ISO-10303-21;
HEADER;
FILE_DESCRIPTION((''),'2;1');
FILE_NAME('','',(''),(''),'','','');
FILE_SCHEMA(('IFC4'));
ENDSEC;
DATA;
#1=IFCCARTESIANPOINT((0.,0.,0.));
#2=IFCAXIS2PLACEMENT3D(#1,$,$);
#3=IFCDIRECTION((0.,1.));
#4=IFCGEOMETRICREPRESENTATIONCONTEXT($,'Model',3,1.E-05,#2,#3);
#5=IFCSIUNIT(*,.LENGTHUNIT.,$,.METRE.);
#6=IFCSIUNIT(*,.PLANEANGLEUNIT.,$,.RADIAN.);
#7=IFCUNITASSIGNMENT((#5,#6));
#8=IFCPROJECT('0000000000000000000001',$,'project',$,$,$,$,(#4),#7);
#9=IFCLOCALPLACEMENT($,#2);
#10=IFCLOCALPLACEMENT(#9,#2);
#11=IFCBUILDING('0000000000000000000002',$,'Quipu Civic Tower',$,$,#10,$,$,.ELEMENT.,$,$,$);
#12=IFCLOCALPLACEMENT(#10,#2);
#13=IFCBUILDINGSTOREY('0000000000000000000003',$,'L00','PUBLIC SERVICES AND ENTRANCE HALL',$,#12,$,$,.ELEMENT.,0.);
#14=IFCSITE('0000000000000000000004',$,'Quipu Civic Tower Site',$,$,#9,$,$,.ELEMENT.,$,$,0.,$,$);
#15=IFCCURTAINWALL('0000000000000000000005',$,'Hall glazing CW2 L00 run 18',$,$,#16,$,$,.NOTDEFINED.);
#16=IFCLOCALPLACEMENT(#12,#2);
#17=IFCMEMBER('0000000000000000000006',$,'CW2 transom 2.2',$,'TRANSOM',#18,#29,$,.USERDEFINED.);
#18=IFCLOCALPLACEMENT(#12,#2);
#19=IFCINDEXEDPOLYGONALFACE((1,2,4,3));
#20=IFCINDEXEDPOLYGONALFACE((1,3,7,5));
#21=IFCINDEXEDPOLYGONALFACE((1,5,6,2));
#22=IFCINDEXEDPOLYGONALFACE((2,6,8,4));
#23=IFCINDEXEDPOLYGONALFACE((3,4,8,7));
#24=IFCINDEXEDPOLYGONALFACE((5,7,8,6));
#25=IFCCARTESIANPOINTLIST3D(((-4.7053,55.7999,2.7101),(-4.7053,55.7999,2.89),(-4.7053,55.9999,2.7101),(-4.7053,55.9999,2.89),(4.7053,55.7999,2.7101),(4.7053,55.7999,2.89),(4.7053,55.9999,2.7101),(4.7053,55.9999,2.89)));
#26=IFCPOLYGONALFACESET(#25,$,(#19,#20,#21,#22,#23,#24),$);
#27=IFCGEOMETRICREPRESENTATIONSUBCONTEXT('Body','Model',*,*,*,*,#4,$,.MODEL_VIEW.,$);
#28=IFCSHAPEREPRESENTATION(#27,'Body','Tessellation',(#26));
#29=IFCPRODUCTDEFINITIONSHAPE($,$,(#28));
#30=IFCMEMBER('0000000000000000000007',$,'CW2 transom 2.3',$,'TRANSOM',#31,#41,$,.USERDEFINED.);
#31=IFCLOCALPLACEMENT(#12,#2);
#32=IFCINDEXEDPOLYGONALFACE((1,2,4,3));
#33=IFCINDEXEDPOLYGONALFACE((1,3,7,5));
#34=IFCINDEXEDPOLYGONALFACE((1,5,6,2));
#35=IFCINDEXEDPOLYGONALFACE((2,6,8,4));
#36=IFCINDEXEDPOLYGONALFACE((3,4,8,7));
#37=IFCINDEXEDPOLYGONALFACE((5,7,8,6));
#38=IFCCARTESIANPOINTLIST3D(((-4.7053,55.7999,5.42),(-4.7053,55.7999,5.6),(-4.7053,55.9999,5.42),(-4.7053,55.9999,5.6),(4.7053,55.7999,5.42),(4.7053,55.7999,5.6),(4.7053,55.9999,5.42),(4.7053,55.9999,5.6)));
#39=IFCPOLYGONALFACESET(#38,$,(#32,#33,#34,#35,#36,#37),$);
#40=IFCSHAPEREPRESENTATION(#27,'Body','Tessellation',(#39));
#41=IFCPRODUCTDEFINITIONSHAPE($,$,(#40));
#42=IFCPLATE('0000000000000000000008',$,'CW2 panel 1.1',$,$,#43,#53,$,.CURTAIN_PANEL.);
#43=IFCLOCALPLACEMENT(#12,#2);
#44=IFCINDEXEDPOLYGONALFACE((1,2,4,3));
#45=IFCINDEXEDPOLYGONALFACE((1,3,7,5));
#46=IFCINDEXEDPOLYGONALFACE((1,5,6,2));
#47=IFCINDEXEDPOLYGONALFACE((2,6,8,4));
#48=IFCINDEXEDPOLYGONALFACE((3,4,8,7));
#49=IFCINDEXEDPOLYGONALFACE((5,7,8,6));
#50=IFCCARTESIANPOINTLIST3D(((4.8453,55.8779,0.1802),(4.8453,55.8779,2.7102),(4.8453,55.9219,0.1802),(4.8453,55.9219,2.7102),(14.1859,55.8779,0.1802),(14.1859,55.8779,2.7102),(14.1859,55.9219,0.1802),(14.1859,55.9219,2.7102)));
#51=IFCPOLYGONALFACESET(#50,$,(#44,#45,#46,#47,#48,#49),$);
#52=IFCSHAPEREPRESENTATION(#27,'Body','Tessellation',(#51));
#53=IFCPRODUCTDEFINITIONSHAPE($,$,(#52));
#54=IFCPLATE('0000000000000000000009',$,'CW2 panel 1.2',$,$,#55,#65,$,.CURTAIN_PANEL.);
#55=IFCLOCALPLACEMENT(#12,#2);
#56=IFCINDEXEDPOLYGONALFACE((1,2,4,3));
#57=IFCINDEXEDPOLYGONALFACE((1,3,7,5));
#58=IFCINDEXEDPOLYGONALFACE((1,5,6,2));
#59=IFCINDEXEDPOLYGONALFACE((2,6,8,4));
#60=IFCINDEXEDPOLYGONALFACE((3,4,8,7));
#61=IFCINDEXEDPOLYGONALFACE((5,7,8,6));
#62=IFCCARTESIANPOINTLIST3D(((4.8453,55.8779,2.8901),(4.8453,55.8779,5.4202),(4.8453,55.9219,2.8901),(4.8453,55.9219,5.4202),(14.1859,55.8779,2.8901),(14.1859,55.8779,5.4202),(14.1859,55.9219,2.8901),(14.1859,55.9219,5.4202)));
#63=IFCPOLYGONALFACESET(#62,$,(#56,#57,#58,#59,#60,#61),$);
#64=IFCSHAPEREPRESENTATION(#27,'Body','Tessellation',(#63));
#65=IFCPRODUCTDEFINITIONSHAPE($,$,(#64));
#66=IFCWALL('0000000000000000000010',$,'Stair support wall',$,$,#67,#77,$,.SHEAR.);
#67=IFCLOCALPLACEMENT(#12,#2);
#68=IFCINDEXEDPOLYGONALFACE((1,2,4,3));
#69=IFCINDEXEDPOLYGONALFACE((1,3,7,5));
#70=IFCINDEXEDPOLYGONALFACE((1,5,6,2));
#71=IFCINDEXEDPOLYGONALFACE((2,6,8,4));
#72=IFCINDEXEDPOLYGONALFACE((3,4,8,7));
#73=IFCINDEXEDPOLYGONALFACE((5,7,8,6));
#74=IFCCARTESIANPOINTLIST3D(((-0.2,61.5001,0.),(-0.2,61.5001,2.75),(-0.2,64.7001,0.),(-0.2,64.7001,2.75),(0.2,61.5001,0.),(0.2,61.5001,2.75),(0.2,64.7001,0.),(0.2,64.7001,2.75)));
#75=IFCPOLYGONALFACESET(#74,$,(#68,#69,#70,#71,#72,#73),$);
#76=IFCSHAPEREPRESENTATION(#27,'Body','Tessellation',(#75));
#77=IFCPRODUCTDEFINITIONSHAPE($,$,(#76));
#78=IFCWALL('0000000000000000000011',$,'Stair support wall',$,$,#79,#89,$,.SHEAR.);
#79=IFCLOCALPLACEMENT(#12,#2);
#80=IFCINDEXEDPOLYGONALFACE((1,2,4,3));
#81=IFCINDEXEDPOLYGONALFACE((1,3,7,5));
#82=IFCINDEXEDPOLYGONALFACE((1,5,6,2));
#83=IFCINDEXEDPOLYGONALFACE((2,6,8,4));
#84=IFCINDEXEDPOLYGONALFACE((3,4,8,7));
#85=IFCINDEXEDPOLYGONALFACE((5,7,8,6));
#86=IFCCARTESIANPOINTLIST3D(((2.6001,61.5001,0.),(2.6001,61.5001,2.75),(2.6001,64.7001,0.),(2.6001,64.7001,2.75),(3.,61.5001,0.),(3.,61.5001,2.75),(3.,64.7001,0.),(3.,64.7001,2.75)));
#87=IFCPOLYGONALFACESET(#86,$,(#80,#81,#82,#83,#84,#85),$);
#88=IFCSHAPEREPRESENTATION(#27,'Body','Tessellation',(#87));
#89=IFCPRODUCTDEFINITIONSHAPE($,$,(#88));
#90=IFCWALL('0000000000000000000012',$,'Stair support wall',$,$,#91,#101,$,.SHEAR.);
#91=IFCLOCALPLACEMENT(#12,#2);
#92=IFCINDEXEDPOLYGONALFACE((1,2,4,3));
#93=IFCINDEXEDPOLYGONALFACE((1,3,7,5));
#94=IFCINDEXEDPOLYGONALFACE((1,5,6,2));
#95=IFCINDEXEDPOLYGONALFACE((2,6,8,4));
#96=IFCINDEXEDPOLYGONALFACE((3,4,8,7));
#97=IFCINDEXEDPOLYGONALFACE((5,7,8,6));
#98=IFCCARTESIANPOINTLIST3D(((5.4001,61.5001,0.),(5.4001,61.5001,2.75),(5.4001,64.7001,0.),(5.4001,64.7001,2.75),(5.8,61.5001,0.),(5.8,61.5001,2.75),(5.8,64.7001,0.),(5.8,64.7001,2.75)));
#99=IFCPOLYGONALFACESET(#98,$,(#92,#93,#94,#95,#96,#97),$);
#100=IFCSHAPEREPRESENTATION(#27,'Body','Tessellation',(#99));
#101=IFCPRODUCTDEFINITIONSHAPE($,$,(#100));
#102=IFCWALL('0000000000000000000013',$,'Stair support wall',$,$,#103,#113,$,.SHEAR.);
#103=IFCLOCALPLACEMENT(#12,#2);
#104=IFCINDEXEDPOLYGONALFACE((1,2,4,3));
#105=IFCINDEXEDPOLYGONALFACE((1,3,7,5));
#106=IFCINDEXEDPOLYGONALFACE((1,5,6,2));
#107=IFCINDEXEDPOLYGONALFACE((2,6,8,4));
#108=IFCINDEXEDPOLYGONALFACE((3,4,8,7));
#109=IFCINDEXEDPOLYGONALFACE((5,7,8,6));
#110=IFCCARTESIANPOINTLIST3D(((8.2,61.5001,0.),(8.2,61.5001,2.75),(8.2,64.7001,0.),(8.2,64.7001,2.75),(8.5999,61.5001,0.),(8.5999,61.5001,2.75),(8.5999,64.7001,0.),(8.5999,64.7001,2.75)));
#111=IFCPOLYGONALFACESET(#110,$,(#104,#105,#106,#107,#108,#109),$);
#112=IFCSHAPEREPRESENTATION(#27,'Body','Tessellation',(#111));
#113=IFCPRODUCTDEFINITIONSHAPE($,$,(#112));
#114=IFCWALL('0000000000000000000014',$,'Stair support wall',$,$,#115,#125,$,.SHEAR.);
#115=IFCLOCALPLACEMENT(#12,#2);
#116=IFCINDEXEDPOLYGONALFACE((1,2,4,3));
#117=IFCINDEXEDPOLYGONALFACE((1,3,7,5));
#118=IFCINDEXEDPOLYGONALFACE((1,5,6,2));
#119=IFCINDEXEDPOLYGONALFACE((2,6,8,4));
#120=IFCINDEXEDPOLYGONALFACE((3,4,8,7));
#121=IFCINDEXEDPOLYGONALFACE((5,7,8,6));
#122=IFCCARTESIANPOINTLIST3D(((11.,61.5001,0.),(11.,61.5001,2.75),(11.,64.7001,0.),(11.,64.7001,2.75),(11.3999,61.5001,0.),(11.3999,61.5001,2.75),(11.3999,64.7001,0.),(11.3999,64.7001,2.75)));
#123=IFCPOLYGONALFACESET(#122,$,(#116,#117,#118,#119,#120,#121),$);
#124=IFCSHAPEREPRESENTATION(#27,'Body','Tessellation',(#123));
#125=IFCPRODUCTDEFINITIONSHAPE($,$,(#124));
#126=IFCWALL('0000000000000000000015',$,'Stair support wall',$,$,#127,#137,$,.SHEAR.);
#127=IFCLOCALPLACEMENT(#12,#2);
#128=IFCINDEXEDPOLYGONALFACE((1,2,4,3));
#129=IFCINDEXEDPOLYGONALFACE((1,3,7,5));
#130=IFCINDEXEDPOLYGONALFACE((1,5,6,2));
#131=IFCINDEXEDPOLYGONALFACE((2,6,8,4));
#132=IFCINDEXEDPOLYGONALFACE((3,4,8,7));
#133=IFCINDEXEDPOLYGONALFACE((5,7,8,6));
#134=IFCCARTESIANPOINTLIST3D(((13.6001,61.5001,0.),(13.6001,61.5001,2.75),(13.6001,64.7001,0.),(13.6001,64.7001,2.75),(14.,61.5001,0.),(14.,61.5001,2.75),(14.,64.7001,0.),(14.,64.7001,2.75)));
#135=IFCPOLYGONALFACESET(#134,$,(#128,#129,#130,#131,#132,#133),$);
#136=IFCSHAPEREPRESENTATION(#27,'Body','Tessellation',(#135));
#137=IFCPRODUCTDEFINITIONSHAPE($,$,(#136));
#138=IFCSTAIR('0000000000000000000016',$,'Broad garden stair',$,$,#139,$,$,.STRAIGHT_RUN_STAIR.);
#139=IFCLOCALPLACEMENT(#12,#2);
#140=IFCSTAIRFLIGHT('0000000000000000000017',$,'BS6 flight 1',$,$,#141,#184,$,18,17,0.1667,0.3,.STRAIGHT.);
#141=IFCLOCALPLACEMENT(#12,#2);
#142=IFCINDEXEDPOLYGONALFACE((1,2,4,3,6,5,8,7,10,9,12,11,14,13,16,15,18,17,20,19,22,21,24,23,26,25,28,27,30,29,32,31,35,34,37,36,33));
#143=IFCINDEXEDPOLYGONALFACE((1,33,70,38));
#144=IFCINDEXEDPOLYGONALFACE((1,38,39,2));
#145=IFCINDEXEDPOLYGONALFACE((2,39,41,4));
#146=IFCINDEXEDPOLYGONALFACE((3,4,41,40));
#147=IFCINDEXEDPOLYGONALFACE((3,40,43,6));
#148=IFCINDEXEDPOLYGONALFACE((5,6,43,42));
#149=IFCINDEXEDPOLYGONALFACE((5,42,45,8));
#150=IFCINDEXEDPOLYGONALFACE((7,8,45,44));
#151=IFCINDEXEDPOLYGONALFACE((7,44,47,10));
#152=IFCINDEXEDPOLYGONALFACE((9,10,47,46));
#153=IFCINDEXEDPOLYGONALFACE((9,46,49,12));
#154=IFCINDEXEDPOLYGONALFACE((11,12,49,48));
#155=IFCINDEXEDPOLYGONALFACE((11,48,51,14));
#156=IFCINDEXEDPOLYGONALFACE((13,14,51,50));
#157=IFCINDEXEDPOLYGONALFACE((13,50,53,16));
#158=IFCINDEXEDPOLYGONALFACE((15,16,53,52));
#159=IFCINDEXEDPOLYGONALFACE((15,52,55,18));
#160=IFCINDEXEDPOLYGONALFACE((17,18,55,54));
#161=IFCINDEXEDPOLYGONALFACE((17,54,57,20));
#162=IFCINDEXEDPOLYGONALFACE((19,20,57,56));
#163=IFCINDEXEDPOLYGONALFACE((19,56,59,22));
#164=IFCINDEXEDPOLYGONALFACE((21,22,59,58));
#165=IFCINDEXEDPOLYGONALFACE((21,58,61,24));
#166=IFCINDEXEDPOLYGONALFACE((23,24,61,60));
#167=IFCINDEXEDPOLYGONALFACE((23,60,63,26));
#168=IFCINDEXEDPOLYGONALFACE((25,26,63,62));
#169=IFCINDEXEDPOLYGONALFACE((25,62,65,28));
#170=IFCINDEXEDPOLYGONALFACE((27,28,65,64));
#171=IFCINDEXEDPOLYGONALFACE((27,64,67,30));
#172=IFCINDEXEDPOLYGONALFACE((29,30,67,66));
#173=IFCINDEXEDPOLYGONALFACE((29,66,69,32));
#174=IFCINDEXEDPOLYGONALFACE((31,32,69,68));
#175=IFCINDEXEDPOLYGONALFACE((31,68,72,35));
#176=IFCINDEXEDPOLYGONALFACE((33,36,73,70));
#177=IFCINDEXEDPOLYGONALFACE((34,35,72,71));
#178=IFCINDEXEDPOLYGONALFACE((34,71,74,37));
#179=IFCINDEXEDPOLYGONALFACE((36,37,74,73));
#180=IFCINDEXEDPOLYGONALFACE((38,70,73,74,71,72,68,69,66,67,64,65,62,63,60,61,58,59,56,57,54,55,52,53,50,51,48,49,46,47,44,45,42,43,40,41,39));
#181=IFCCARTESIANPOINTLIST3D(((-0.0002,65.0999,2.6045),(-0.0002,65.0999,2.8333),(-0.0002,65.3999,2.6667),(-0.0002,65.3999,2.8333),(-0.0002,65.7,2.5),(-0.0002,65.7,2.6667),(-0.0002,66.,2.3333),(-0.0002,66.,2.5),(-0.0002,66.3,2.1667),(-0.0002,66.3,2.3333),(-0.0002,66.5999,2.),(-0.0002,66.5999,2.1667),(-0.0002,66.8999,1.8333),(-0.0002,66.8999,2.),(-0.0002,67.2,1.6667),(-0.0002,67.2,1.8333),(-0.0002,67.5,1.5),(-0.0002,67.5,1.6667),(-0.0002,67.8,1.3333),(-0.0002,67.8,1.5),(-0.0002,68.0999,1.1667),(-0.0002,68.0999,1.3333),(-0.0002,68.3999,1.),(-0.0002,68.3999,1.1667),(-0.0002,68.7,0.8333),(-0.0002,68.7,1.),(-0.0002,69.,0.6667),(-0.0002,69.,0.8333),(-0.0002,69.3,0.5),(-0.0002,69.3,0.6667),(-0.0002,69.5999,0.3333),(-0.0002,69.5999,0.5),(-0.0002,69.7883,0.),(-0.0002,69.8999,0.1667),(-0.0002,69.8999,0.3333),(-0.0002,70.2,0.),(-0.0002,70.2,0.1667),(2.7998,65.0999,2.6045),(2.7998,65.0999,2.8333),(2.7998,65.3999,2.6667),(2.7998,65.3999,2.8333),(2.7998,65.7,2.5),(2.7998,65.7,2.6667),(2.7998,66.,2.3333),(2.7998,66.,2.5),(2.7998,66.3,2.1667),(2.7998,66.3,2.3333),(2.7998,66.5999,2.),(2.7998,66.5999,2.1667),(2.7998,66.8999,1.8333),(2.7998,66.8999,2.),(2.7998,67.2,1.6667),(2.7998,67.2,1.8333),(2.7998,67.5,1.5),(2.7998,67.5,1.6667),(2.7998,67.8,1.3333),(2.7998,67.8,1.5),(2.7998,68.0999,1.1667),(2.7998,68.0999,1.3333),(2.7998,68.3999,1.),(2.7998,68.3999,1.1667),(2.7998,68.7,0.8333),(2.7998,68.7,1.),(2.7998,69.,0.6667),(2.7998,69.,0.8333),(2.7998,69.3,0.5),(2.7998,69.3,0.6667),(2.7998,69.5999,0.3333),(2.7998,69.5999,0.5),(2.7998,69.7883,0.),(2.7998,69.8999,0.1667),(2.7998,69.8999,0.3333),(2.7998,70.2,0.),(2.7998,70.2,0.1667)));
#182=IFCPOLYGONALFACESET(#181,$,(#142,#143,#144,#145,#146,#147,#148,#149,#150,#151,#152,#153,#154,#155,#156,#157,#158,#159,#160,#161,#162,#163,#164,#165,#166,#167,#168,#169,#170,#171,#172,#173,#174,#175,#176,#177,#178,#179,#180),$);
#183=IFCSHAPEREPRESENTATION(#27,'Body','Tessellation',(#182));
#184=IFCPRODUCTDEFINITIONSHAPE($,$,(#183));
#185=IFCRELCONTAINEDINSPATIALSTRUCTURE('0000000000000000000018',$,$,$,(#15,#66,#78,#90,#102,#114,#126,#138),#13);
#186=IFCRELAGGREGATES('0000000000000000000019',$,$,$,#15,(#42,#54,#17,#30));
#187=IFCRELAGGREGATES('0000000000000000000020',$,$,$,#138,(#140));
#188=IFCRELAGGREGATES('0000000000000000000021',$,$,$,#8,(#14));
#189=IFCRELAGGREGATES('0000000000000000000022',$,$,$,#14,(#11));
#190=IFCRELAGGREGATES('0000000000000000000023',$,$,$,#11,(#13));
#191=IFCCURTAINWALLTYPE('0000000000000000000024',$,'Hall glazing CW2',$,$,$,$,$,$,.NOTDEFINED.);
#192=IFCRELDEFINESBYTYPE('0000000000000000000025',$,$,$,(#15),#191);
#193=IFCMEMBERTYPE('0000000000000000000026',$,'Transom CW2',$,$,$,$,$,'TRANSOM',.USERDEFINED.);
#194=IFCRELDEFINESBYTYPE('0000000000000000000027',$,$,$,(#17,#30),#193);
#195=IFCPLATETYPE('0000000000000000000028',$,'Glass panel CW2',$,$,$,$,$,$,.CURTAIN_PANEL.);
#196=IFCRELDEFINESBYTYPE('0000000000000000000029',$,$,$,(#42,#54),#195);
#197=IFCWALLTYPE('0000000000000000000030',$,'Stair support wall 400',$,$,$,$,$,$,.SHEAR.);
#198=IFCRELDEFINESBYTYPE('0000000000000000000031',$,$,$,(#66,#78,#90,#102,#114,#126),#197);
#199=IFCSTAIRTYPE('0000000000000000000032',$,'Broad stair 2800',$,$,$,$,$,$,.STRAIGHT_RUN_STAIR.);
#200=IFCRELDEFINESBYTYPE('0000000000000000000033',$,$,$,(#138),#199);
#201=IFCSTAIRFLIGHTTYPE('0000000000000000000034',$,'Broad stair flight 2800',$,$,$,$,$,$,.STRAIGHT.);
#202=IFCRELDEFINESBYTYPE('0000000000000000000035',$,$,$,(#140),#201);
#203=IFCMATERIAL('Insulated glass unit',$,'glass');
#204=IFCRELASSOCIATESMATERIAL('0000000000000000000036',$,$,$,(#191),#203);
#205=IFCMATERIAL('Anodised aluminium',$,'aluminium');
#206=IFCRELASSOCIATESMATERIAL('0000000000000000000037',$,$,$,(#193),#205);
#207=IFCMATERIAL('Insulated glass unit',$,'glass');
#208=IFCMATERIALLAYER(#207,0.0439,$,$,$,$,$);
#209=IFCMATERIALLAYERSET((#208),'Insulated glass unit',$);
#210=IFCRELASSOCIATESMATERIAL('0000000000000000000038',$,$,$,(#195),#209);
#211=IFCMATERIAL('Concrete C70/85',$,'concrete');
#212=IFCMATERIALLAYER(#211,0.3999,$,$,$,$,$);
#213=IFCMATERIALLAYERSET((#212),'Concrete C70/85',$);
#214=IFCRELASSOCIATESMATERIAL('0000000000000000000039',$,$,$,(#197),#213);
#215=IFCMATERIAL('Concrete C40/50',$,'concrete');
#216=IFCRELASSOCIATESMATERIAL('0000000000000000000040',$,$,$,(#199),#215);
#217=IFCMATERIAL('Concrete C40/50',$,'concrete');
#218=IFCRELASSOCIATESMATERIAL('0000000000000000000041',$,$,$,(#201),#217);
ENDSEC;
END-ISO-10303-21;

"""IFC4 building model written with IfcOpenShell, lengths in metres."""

from ifc_helpers import new_model, si_unit, direction, frame, frame_2d, origin, origin_2d, place, context, subcontext, project, spatial, polyline, rectangle, outline, extrude, material, layer, layer_set, material_profile, profile_set, type_object, element, aggregate, save


model = new_model("IFC4")

# Units and contexts
model_context = context("Model", 3, precision=1e-05, world=origin(), true_north=direction((0.0, 1.0)))
body_context = subcontext(model_context, "Body", "Model", "MODEL_VIEW")
ifc_project = project(units=[si_unit("LENGTHUNIT", "METRE"), si_unit("PLANEANGLEUNIT", "RADIAN")], contexts=[model_context])

# Site, building, storey
site_placement = place(None, origin())
site = spatial("IfcSite", under=ifc_project, at=site_placement, Name="Quipu Civic Tower Site", CompositionType="ELEMENT", RefElevation=0.0)
building_placement = place(site_placement, origin())
building = spatial("IfcBuilding", under=site, at=building_placement, Name="Quipu Civic Tower", CompositionType="ELEMENT")
storey_placement = place(building_placement, origin())
storey = spatial("IfcBuildingStorey", under=building, at=storey_placement, Name="L00", Description="PUBLIC SERVICES AND ENTRANCE HALL", CompositionType="ELEMENT", Elevation=0.0)

# Curtain wall, members, plates
ifc_material_1 = material(Name="Insulated glass unit", Category="glass")
curtain_wall_type = type_object("IfcCurtainWallType", Name="Hall glazing CW2", PredefinedType="NOTDEFINED", material=ifc_material_1)
curtain_wall_placement = place(storey_placement, origin())
curtain_wall = element("IfcCurtainWall", 1, at=curtain_wall_placement, inside=storey, type_object=curtain_wall_type, Name="Hall glazing CW2 L00 run 18", PredefinedType="NOTDEFINED")
ifc_material_2 = material(Name="Anodised aluminium", Category="aluminium")
ifc_material_profile_1 = material_profile(ifc_material_2, rectangle(XDim=0.2, YDim=0.1799, at=origin_2d()), Name="RECT 200x180")
ifc_profile_set_1 = profile_set([ifc_material_profile_1], Name="Anodised aluminium")
member_type_1 = type_object("IfcMemberType", Name="Transom CW2", ElementType="TRANSOM", PredefinedType="USERDEFINED", material=ifc_profile_set_1)
member_1_placement = place(storey_placement, frame((4.7053, 55.8999, 2.8), z_axis=(-1.0, 0.0, 0.0), x_axis=(0.0, -1.0, 0.0)))
member_1 = element("IfcMember", 2, at=member_1_placement, type_object=member_type_1, Name="CW2 transom 2.2", ObjectType="TRANSOM", PredefinedType="USERDEFINED", context=body_context, shape_type="SweptSolid", body=[
    extrude(rectangle(XDim=0.2, YDim=0.1799, at=origin_2d()), origin(), (0.0, 0.0, 1.0), 9.4106),
])
member_2_placement = place(storey_placement, frame((4.7053, 55.8999, 5.51), z_axis=(-1.0, 0.0, 0.0), x_axis=(0.0, -1.0, 0.0)))
member_2 = element("IfcMember", 3, at=member_2_placement, type_object=member_type_1, Name="CW2 transom 2.3", ObjectType="TRANSOM", PredefinedType="USERDEFINED", context=body_context, shape_type="SweptSolid", body=[
    extrude(rectangle(XDim=0.2, YDim=0.1799, at=origin_2d()), origin(), (0.0, 0.0, 1.0), 9.4106),
])
ifc_material_3 = material(Name="Insulated glass unit", Category="glass")
ifc_layer_1 = layer(ifc_material_3, 0.0439)
ifc_layer_set_1 = layer_set([ifc_layer_1], Name="Insulated glass unit")
plate_type = type_object("IfcPlateType", Name="Glass panel CW2", PredefinedType="CURTAIN_PANEL", material=ifc_layer_set_1)
plate_1_placement = place(storey_placement, frame((9.5156, 55.8999, 0.1802), z_axis=(0.0, 0.0, 1.0), x_axis=(-1.0, 0.0, 0.0)))
plate_1 = element("IfcPlate", 4, at=plate_1_placement, type_object=plate_type, Name="CW2 panel 1.1", PredefinedType="CURTAIN_PANEL", context=body_context, shape_type="SweptSolid", body=[
    extrude(rectangle(XDim=9.3406, YDim=0.0439, at=origin_2d()), origin(), (0.0, 0.0, 1.0), 2.53),
])
plate_2_placement = place(storey_placement, frame((9.5156, 55.8999, 2.8901), z_axis=(0.0, 0.0, 1.0), x_axis=(-1.0, 0.0, 0.0)))
plate_2 = element("IfcPlate", 5, at=plate_2_placement, type_object=plate_type, Name="CW2 panel 1.2", PredefinedType="CURTAIN_PANEL", context=body_context, shape_type="SweptSolid", body=[
    extrude(rectangle(XDim=9.3406, YDim=0.0439, at=origin_2d()), origin(), (0.0, 0.0, 1.0), 2.53),
])
aggregate(curtain_wall, [plate_1, plate_2, member_1, member_2])

# Walls
ifc_material_4 = material(Name="Concrete C70/85", Category="concrete")
ifc_layer_2 = layer(ifc_material_4, 0.3999)
ifc_layer_set_2 = layer_set([ifc_layer_2], Name="Concrete C70/85")
wall_type = type_object("IfcWallType", Name="Stair support wall 400", PredefinedType="SHEAR", material=ifc_layer_set_2)
for number, where, z_axis, x_axis, name in (
    (6, (0.0, 61.5, 0.0), (0.0, 0.0, 1.0), (0.0, 1.0, 0.0), "Stair support wall"),
    (7, (2.8, 61.5, 0.0), (0.0, 0.0, 1.0), (0.0, 1.0, 0.0), "Stair support wall"),
    (8, (5.6001, 61.5, 0.0), (0.0, 0.0, 1.0), (0.0, 1.0, 0.0), "Stair support wall"),
    (9, (8.3999, 61.5, 0.0), (0.0, 0.0, 1.0), (0.0, 1.0, 0.0), "Stair support wall"),
    (10, (11.2, 61.5, 0.0), (0.0, 0.0, 1.0), (0.0, 1.0, 0.0), "Stair support wall"),
    (11, (13.8, 61.5, 0.0), (0.0, 0.0, 1.0), (0.0, 1.0, 0.0), "Stair support wall"),
):
    element("IfcWall", number, at=place(storey_placement, frame(where, z_axis=z_axis, x_axis=x_axis)), inside=storey, type_object=wall_type, Name=name, PredefinedType="SHEAR", context=body_context, shape_type="SweptSolid", body=[
        extrude(rectangle(XDim=3.2, YDim=0.3999, at=frame_2d((1.6001, 0.0))), origin(), (0.0, 0.0, 1.0), 2.75),
    ])

# Stair, stair flight
ifc_material_5 = material(Name="Concrete C40/50", Category="concrete")
stair_type = type_object("IfcStairType", Name="Broad stair 2800", PredefinedType="STRAIGHT_RUN_STAIR", material=ifc_material_5)
stair_1_placement = place(storey_placement, origin())
stair_1 = element("IfcStair", 12, at=stair_1_placement, inside=storey, type_object=stair_type, Name="Broad garden stair", PredefinedType="STRAIGHT_RUN_STAIR")
ifc_material_6 = material(Name="Concrete C40/50", Category="concrete")
stair_flight_type = type_object("IfcStairFlightType", Name="Broad stair flight 2800", PredefinedType="STRAIGHT", material=ifc_material_6)
stair_flight_1_placement = place(storey_placement, frame((1.3999, 70.2, 0.0), z_axis=(0.0, 0.0, 1.0), x_axis=(0.0, -1.0, 0.0)))
stair_flight_1 = element("IfcStairFlight", 13, at=stair_flight_1_placement, type_object=stair_flight_type, Name="BS6 flight 1", NumberOfRisers=18, NumberOfTreads=17, PredefinedType="STRAIGHT", RiserHeight=0.1667, TreadLength=0.3, context=body_context, shape_type="SweptSolid", body=[
    extrude(outline(polyline([(0.0, 0.0), (0.0, 0.1667), (0.3, 0.1667), (0.3, 0.3333), (0.6001, 0.3333), (0.6001, 0.5), (0.8999, 0.5), (0.8999, 0.6667), (1.2, 0.6667), (1.2, 0.8333), (1.5, 0.8333), (1.5, 1.0), (1.8, 1.0), (1.8, 1.1667), (2.1001, 1.1667), (2.1001, 1.3333), (2.3999, 1.3333), (2.3999, 1.5), (2.7, 1.5), (2.7, 1.6667), (3.0, 1.6667), (3.0, 1.8333), (3.3, 1.8333), (3.3, 2.0), (3.6001, 2.0), (3.6001, 2.1667), (3.8999, 2.1667), (3.8999, 2.3333), (4.2, 2.3333), (4.2, 2.5), (4.5, 2.5), (4.5, 2.6667), (4.8, 2.6667), (4.8, 2.8333), (5.1001, 2.8333), (5.1001, 3.0), (5.1001, 2.6045), (0.4116, 0.0), (0.0, 0.0)])), frame((0.0, 1.3999, 0.0), z_axis=(0.0, -1.0, 0.0), x_axis=(1.0, 0.0, 0.0)), (0.0, 0.0, 1.0), 2.8),
])
aggregate(stair_1, [stair_flight_1])

save(model, "model.ifc")
